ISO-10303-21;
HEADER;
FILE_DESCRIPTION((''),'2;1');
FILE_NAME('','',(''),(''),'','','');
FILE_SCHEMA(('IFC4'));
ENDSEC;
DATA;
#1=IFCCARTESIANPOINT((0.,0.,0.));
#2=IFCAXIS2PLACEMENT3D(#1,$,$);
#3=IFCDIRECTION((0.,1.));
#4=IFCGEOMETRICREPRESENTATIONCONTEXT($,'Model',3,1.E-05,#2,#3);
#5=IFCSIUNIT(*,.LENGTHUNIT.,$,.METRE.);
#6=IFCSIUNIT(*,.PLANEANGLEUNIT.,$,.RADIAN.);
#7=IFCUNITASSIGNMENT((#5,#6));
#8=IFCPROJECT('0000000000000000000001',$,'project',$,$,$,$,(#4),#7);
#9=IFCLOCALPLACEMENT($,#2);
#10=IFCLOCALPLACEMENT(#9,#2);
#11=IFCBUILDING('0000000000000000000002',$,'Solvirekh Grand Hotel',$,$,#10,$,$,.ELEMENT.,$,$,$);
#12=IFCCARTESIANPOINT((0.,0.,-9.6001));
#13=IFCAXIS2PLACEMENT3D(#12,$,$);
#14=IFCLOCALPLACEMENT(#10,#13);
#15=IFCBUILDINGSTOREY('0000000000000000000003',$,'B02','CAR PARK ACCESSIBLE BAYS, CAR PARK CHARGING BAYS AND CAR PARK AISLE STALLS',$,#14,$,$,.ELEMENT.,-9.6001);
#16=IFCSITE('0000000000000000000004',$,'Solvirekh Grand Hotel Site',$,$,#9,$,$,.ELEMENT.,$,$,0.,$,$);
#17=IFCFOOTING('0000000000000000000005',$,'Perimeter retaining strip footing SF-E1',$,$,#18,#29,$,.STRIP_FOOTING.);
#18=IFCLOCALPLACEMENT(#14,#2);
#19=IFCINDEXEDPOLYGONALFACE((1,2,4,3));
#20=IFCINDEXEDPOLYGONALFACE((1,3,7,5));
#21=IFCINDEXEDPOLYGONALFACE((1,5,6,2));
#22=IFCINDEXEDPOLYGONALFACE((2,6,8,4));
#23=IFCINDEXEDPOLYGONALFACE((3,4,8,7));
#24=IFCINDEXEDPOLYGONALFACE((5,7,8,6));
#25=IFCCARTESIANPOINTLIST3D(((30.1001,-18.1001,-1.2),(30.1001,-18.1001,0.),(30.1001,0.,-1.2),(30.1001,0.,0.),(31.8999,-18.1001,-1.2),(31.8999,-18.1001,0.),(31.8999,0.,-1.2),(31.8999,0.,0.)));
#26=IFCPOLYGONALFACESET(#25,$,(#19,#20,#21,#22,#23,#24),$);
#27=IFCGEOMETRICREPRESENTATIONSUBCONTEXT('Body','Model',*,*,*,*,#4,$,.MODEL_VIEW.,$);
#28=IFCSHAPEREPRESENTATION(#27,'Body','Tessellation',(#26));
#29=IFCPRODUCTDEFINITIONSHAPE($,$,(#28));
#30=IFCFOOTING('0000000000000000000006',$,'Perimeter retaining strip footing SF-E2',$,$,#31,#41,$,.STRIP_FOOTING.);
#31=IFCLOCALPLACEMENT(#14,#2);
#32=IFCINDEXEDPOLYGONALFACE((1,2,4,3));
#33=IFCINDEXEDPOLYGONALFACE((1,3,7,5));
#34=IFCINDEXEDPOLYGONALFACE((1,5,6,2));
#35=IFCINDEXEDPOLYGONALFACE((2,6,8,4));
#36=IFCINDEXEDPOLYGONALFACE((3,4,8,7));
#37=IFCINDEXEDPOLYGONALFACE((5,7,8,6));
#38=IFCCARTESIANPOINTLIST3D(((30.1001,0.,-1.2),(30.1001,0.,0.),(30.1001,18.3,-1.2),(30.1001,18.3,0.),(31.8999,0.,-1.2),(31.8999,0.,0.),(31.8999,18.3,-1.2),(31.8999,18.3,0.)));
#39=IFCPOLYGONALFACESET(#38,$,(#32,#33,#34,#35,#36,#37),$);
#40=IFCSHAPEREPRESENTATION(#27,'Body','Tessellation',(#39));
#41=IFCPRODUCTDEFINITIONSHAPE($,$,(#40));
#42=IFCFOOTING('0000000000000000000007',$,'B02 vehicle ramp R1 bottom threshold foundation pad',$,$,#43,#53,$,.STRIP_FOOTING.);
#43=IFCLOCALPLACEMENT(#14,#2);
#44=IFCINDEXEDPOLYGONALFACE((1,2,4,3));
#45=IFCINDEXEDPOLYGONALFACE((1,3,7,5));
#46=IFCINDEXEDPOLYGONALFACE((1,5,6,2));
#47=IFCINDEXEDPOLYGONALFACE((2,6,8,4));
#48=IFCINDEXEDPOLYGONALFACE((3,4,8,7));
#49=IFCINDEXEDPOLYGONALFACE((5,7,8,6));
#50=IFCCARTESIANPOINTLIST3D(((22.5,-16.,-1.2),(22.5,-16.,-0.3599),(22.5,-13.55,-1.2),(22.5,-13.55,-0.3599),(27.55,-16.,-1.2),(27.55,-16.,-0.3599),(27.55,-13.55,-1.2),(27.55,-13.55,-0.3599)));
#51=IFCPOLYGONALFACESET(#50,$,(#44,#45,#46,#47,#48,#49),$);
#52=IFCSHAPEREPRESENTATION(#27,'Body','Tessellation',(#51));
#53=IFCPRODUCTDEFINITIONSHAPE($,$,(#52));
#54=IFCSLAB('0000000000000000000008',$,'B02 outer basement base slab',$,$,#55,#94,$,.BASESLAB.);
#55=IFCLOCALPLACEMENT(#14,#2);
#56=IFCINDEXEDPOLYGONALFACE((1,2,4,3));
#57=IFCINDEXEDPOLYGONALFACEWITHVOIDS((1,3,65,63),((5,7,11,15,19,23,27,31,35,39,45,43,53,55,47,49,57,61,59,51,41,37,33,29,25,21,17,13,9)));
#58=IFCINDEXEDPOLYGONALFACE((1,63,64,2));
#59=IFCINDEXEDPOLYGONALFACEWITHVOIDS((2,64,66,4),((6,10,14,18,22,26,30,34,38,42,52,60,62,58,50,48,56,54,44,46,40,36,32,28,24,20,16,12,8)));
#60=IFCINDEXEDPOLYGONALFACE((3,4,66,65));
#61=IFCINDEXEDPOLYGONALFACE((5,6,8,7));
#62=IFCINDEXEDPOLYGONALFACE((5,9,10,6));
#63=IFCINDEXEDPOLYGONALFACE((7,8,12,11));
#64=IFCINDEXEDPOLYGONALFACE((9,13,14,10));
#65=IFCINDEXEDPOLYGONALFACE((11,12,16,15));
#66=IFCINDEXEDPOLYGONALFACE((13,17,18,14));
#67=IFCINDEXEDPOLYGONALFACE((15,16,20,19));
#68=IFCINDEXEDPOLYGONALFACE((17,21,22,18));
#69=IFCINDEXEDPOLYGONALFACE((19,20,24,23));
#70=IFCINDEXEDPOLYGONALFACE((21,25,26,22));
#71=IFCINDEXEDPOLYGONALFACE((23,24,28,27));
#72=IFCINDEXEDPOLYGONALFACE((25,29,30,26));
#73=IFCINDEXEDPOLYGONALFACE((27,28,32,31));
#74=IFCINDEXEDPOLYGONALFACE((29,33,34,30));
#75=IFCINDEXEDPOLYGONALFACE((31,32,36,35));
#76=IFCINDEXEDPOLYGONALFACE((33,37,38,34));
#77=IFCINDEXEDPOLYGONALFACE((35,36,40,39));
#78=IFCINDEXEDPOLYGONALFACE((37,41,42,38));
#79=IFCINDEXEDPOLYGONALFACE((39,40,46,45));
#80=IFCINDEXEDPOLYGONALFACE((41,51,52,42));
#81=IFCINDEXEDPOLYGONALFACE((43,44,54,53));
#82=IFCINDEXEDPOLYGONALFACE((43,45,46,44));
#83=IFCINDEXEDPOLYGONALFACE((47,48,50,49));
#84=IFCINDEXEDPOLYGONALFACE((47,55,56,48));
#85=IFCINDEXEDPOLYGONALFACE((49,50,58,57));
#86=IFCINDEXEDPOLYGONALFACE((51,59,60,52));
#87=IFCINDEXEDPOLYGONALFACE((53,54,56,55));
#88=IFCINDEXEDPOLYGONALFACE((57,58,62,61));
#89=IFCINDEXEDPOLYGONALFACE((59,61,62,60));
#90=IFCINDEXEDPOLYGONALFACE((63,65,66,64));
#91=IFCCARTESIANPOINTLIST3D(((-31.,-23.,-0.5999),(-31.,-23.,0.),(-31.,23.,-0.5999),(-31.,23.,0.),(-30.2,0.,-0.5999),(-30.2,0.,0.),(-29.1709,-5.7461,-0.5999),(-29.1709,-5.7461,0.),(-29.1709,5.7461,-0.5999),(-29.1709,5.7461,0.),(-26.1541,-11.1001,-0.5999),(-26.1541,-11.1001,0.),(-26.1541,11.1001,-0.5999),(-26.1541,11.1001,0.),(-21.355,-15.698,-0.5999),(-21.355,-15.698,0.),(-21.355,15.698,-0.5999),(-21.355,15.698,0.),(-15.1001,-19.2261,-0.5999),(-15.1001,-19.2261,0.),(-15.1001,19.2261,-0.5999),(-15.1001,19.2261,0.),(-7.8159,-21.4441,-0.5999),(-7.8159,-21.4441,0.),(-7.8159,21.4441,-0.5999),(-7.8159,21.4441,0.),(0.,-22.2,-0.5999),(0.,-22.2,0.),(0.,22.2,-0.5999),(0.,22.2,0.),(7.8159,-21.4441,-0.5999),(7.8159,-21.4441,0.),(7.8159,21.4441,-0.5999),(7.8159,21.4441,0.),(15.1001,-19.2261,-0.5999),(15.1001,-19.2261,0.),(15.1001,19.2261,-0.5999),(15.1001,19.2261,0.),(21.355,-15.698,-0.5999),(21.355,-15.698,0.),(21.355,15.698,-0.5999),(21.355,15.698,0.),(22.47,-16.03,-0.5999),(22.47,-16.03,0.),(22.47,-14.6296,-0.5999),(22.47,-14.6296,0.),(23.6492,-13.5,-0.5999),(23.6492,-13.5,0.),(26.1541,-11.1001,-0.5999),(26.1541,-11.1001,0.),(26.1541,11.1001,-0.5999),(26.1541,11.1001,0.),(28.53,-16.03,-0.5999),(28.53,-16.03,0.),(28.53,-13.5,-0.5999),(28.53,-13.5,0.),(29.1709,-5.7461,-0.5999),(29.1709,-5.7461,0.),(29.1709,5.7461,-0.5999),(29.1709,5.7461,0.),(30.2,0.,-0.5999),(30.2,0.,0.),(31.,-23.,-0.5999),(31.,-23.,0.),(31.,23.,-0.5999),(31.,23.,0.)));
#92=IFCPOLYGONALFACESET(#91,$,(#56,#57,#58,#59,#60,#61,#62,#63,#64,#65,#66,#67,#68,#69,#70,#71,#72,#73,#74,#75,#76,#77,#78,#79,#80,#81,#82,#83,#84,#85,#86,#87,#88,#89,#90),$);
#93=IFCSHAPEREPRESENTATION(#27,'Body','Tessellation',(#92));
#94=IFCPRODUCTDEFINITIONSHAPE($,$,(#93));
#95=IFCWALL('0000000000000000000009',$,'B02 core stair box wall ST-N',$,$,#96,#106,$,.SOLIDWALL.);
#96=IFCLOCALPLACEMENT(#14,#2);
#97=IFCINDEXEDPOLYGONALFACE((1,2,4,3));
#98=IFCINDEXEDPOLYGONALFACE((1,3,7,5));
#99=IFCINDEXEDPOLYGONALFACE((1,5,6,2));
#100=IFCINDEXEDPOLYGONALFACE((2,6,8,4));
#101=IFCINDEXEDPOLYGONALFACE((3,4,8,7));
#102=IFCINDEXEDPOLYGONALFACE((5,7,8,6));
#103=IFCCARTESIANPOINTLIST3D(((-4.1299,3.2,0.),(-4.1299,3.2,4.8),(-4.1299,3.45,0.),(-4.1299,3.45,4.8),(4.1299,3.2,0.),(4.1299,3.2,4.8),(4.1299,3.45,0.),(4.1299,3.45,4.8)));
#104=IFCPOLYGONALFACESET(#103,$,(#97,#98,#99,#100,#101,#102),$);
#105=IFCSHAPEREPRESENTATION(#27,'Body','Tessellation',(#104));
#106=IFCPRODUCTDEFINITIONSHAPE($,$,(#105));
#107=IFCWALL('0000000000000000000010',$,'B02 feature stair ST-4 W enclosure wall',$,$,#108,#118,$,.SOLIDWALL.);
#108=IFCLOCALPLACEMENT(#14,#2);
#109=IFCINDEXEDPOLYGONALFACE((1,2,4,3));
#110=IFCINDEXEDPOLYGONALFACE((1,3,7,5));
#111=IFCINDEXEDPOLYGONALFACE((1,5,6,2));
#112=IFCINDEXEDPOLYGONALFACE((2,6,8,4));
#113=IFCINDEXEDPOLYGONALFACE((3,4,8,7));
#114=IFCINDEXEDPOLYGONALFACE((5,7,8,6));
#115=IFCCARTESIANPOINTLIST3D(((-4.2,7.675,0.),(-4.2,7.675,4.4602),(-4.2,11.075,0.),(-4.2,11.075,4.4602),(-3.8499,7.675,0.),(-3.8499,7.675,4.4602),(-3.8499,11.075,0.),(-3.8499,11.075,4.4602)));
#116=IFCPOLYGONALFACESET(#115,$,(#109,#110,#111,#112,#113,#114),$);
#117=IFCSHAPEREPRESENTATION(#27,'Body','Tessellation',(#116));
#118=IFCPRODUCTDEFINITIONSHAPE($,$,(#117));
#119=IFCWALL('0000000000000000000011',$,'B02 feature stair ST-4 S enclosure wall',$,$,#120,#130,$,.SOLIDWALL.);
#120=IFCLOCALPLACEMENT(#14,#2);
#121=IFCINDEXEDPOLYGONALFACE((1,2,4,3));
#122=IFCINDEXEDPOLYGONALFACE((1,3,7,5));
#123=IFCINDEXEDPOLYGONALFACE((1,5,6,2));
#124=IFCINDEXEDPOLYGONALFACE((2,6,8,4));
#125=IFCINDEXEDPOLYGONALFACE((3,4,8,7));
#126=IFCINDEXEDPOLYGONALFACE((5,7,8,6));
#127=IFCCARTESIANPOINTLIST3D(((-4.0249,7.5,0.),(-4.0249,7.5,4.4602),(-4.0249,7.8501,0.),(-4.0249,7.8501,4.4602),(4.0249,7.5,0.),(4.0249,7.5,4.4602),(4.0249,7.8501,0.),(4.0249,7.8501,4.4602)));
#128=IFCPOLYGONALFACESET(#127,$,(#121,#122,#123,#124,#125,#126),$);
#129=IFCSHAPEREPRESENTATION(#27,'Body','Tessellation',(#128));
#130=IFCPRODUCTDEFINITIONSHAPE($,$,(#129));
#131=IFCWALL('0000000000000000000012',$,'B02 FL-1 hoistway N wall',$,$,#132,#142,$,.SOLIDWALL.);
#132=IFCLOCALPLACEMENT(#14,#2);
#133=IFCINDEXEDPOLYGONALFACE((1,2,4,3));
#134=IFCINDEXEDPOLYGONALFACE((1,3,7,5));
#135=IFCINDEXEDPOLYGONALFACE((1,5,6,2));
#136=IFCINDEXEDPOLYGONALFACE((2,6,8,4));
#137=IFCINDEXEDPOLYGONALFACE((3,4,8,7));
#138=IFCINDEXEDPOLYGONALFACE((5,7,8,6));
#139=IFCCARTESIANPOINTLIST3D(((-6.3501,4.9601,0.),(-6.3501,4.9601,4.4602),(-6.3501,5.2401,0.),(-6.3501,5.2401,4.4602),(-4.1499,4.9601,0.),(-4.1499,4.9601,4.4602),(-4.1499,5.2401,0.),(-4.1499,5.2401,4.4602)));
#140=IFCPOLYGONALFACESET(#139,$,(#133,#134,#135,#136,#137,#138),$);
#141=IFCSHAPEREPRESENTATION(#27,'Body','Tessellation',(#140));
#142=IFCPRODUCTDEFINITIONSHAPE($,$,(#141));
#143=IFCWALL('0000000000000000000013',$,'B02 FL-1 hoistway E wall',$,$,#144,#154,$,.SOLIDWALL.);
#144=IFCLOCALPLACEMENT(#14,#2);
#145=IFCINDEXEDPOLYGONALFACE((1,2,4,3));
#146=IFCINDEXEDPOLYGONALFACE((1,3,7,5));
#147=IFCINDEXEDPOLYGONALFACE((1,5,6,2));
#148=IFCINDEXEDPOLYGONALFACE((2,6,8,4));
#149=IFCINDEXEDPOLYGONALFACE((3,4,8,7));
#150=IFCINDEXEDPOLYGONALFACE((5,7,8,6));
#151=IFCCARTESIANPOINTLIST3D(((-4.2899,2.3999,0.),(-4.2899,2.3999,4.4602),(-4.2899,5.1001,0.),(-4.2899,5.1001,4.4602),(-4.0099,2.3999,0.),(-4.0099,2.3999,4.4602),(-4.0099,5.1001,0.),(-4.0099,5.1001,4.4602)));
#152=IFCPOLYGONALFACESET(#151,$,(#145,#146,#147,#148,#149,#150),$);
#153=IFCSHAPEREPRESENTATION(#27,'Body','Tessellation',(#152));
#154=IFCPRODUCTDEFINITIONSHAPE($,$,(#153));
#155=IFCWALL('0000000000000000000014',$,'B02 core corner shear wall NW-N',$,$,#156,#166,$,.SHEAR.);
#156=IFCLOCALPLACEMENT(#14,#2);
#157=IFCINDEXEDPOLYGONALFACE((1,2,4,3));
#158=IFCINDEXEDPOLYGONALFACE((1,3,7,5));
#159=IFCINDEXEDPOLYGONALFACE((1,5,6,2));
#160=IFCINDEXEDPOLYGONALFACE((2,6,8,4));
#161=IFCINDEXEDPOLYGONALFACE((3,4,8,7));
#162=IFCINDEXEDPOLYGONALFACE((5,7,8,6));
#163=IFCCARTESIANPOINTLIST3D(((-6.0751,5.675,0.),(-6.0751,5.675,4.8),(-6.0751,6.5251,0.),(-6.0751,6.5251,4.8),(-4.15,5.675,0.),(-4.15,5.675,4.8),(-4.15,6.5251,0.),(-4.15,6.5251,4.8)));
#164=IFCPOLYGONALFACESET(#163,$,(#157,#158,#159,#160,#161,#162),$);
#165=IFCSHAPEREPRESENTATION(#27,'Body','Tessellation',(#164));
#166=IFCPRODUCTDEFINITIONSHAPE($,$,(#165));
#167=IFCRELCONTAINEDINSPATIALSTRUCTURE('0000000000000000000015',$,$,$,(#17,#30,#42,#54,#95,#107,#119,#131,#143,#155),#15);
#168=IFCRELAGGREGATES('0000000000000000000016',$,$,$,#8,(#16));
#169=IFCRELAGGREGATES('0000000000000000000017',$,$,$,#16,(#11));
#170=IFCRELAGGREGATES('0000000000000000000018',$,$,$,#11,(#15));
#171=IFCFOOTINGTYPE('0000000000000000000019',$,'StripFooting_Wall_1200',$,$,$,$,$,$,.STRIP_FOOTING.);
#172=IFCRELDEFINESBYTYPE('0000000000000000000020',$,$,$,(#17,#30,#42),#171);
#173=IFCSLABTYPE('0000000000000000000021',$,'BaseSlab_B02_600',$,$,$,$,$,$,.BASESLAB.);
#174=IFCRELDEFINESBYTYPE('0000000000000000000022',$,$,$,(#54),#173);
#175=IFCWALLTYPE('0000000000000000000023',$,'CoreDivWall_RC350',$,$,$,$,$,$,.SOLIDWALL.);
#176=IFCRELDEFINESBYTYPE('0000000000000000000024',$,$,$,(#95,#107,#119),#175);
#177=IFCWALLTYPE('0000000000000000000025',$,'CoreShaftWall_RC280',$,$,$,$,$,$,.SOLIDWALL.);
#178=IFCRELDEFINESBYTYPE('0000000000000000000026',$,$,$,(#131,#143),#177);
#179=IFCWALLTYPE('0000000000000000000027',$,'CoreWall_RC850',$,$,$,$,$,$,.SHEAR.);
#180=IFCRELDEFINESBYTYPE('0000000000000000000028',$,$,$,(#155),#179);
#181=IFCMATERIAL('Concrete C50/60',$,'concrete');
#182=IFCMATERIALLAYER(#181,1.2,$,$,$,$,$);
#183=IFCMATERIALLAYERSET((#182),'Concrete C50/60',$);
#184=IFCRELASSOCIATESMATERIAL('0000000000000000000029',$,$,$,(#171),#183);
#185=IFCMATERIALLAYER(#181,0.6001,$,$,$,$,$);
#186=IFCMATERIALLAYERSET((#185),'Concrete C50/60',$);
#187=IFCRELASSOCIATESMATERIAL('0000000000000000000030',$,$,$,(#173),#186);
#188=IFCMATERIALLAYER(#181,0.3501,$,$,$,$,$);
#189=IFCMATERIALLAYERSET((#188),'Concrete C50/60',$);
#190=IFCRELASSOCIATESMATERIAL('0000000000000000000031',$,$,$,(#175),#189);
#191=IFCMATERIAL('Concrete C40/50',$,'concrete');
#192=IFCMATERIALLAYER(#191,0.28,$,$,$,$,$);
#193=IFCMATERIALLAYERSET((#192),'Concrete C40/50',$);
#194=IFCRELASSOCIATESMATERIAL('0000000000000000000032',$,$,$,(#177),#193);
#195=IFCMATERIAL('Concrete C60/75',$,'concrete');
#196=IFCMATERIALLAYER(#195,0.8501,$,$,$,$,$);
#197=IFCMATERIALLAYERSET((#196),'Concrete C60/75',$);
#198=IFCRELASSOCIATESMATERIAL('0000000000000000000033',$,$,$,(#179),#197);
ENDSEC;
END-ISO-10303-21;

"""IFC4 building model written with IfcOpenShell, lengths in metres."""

from ifc_helpers import new_model, si_unit, direction, frame, frame_2d, origin, place, context, subcontext, project, spatial, polyline, rectangle, outline, extrude, material, layer, layer_set, type_object, element, save


model = new_model("IFC4")

# Units and contexts
model_context = context("Model", 3, precision=1e-05, world=origin(), true_north=direction((0.0, 1.0)))
body_context = subcontext(model_context, "Body", "Model", "MODEL_VIEW")
ifc_project = project(units=[si_unit("LENGTHUNIT", "METRE"), si_unit("PLANEANGLEUNIT", "RADIAN")], contexts=[model_context])

# Site, building, storey
site_placement = place(None, origin())
site = spatial("IfcSite", under=ifc_project, at=site_placement, Name="Solvirekh Grand Hotel Site", CompositionType="ELEMENT", RefElevation=0.0)
building_placement = place(site_placement, origin())
building = spatial("IfcBuilding", under=site, at=building_placement, Name="Solvirekh Grand Hotel", CompositionType="ELEMENT")
storey_placement = place(building_placement, frame((0.0, 0.0, -9.6001)))
storey = spatial("IfcBuildingStorey", under=building, at=storey_placement, Name="B02", Description="CAR PARK ACCESSIBLE BAYS, CAR PARK CHARGING BAYS AND CAR PARK AISLE STALLS", CompositionType="ELEMENT", Elevation=-9.6001)

# Shared definitions
ifc_material_1 = material(Name="Concrete C50/60", Category="concrete")

# Footings
ifc_layer_1 = layer(ifc_material_1, 1.2)
ifc_layer_set_1 = layer_set([ifc_layer_1], Name="Concrete C50/60")
footing_type_1 = type_object("IfcFootingType", Name="StripFooting_Wall_1200", PredefinedType="STRIP_FOOTING", material=ifc_layer_set_1)
footing_1_placement = place(storey_placement, frame((0.0, 0.0, -1.2)))
element("IfcFooting", 1, at=footing_1_placement, inside=storey, type_object=footing_type_1, Name="Perimeter retaining strip footing SF-E1", PredefinedType="STRIP_FOOTING", context=body_context, shape_type="SweptSolid", body=[
    extrude(outline(polyline([(30.1001, -18.1001), (31.8999, -18.1001), (31.8999, 0.0), (30.1001, 0.0), (30.1001, -18.1001)])), origin(), (0.0, 0.0, 1.0), 1.2),
])
footing_2_placement = place(storey_placement, frame((0.0, 0.0, -1.2)))
element("IfcFooting", 2, at=footing_2_placement, inside=storey, type_object=footing_type_1, Name="Perimeter retaining strip footing SF-E2", PredefinedType="STRIP_FOOTING", context=body_context, shape_type="SweptSolid", body=[
    extrude(outline(polyline([(30.1001, 0.0), (31.8999, 0.0), (31.8999, 18.3), (30.1001, 18.3), (30.1001, 0.0)])), origin(), (0.0, 0.0, 1.0), 1.2),
])
footing_3_placement = place(storey_placement, frame((0.0, 0.0, -1.2)))
element("IfcFooting", 3, at=footing_3_placement, inside=storey, type_object=footing_type_1, Name="B02 vehicle ramp R1 bottom threshold foundation pad", PredefinedType="STRIP_FOOTING", context=body_context, shape_type="SweptSolid", body=[
    extrude(outline(polyline([(22.5, -16.0), (27.55, -16.0), (27.55, -13.55), (22.5, -13.55), (22.5, -16.0)])), origin(), (0.0, 0.0, 1.0), 0.8401),
])

# Slab
ifc_layer_2 = layer(ifc_material_1, 0.6001)
ifc_layer_set_2 = layer_set([ifc_layer_2], Name="Concrete C50/60")
slab_type = type_object("IfcSlabType", Name="BaseSlab_B02_600", PredefinedType="BASESLAB", material=ifc_layer_set_2)
slab_placement = place(storey_placement, frame((0.0, 0.0, -0.5999)))
element("IfcSlab", 4, at=slab_placement, inside=storey, type_object=slab_type, Name="B02 outer basement base slab", PredefinedType="BASESLAB", context=body_context, shape_type="SweptSolid", body=[
    extrude(outline(polyline([(-31.0, -23.0), (31.0, -23.0), (31.0, 23.0), (-31.0, 23.0), (-31.0, -23.0)]), holes=[polyline([(21.355, -15.698), (15.1001, -19.2261), (7.8159, -21.4441), (0.0, -22.2), (-7.8159, -21.4441), (-15.1001, -19.2261), (-21.355, -15.698), (-26.1541, -11.1001), (-29.1709, -5.7461), (-30.2, 0.0), (-29.1709, 5.7461), (-26.1541, 11.1001), (-21.355, 15.698), (-15.1001, 19.2261), (-7.8159, 21.4441), (0.0, 22.2), (7.8159, 21.4441), (15.1001, 19.2261), (21.355, 15.698), (26.1541, 11.1001), (29.1709, 5.7461), (30.2, 0.0), (29.1709, -5.7461), (26.1541, -11.1001), (23.6492, -13.5), (28.53, -13.5), (28.53, -16.03), (22.47, -16.03), (22.47, -14.6296), (21.355, -15.698)])]), origin(), (0.0, 0.0, 1.0), 0.5999),
])

# Walls
ifc_layer_3 = layer(ifc_material_1, 0.3501)
ifc_layer_set_3 = layer_set([ifc_layer_3], Name="Concrete C50/60")
wall_type_1 = type_object("IfcWallType", Name="CoreDivWall_RC350", PredefinedType="SOLIDWALL", material=ifc_layer_set_3)
wall_1_placement = place(storey_placement, frame((-4.1299, 3.325, 0.0), z_axis=(0.0, 0.0, 1.0), x_axis=(1.0, 0.0, 0.0)))
element("IfcWall", 5, at=wall_1_placement, inside=storey, type_object=wall_type_1, Name="B02 core stair box wall ST-N", PredefinedType="SOLIDWALL", context=body_context, shape_type="SweptSolid", body=[
    extrude(rectangle(XDim=8.2598, YDim=0.25, at=frame_2d((4.1299, 0.0))), origin(), (0.0, 0.0, 1.0), 4.8),
])
wall_2_placement = place(storey_placement, frame((-4.0249, 11.075, 0.0), z_axis=(0.0, 0.0, 1.0), x_axis=(0.0, -1.0, 0.0)))
element("IfcWall", 6, at=wall_2_placement, inside=storey, type_object=wall_type_1, Name="B02 feature stair ST-4 W enclosure wall", PredefinedType="SOLIDWALL", context=body_context, shape_type="SweptSolid", body=[
    extrude(rectangle(XDim=3.3999, YDim=0.3501, at=frame_2d((1.7, 0.0))), origin(), (0.0, 0.0, 1.0), 4.4602),
])
wall_3_placement = place(storey_placement, frame((-4.0249, 7.675, 0.0), z_axis=(0.0, 0.0, 1.0), x_axis=(1.0, 0.0, 0.0)))
element("IfcWall", 7, at=wall_3_placement, inside=storey, type_object=wall_type_1, Name="B02 feature stair ST-4 S enclosure wall", PredefinedType="SOLIDWALL", context=body_context, shape_type="SweptSolid", body=[
    extrude(rectangle(XDim=8.0498, YDim=0.3501, at=frame_2d((4.0249, 0.0))), origin(), (0.0, 0.0, 1.0), 4.4602),
])
ifc_material_2 = material(Name="Concrete C40/50", Category="concrete")
ifc_layer_4 = layer(ifc_material_2, 0.28)
ifc_layer_set_4 = layer_set([ifc_layer_4], Name="Concrete C40/50")
wall_type_2 = type_object("IfcWallType", Name="CoreShaftWall_RC280", PredefinedType="SOLIDWALL", material=ifc_layer_set_4)
wall_4_placement = place(storey_placement, frame((-4.1499, 5.1001, 0.0), z_axis=(0.0, 0.0, 1.0), x_axis=(-1.0, 0.0, 0.0)))
element("IfcWall", 8, at=wall_4_placement, inside=storey, type_object=wall_type_2, Name="B02 FL-1 hoistway N wall", PredefinedType="SOLIDWALL", context=body_context, shape_type="SweptSolid", body=[
    extrude(rectangle(XDim=2.2002, YDim=0.28, at=frame_2d((1.1001, 0.0))), origin(), (0.0, 0.0, 1.0), 4.4602),
])
wall_5_placement = place(storey_placement, frame((-4.1499, 2.3999, 0.0), z_axis=(0.0, 0.0, 1.0), x_axis=(0.0, 1.0, 0.0)))
element("IfcWall", 9, at=wall_5_placement, inside=storey, type_object=wall_type_2, Name="B02 FL-1 hoistway E wall", PredefinedType="SOLIDWALL", context=body_context, shape_type="SweptSolid", body=[
    extrude(rectangle(XDim=2.7002, YDim=0.28, at=frame_2d((1.3501, 0.0))), origin(), (0.0, 0.0, 1.0), 4.4602),
])
ifc_material_3 = material(Name="Concrete C60/75", Category="concrete")
ifc_layer_5 = layer(ifc_material_3, 0.8501)
ifc_layer_set_5 = layer_set([ifc_layer_5], Name="Concrete C60/75")
wall_type_3 = type_object("IfcWallType", Name="CoreWall_RC850", PredefinedType="SHEAR", material=ifc_layer_set_5)
wall_6_placement = place(storey_placement, frame((-6.075, 6.1001, 0.0), z_axis=(0.0, 0.0, 1.0), x_axis=(1.0, 0.0, 0.0)))
element("IfcWall", 10, at=wall_6_placement, inside=storey, type_object=wall_type_3, Name="B02 core corner shear wall NW-N", PredefinedType="SHEAR", context=body_context, shape_type="SweptSolid", body=[
    extrude(rectangle(XDim=1.925, YDim=0.8501, at=frame_2d((0.9624, 0.0))), origin(), (0.0, 0.0, 1.0), 4.8),
])

save(model, "model.ifc")
